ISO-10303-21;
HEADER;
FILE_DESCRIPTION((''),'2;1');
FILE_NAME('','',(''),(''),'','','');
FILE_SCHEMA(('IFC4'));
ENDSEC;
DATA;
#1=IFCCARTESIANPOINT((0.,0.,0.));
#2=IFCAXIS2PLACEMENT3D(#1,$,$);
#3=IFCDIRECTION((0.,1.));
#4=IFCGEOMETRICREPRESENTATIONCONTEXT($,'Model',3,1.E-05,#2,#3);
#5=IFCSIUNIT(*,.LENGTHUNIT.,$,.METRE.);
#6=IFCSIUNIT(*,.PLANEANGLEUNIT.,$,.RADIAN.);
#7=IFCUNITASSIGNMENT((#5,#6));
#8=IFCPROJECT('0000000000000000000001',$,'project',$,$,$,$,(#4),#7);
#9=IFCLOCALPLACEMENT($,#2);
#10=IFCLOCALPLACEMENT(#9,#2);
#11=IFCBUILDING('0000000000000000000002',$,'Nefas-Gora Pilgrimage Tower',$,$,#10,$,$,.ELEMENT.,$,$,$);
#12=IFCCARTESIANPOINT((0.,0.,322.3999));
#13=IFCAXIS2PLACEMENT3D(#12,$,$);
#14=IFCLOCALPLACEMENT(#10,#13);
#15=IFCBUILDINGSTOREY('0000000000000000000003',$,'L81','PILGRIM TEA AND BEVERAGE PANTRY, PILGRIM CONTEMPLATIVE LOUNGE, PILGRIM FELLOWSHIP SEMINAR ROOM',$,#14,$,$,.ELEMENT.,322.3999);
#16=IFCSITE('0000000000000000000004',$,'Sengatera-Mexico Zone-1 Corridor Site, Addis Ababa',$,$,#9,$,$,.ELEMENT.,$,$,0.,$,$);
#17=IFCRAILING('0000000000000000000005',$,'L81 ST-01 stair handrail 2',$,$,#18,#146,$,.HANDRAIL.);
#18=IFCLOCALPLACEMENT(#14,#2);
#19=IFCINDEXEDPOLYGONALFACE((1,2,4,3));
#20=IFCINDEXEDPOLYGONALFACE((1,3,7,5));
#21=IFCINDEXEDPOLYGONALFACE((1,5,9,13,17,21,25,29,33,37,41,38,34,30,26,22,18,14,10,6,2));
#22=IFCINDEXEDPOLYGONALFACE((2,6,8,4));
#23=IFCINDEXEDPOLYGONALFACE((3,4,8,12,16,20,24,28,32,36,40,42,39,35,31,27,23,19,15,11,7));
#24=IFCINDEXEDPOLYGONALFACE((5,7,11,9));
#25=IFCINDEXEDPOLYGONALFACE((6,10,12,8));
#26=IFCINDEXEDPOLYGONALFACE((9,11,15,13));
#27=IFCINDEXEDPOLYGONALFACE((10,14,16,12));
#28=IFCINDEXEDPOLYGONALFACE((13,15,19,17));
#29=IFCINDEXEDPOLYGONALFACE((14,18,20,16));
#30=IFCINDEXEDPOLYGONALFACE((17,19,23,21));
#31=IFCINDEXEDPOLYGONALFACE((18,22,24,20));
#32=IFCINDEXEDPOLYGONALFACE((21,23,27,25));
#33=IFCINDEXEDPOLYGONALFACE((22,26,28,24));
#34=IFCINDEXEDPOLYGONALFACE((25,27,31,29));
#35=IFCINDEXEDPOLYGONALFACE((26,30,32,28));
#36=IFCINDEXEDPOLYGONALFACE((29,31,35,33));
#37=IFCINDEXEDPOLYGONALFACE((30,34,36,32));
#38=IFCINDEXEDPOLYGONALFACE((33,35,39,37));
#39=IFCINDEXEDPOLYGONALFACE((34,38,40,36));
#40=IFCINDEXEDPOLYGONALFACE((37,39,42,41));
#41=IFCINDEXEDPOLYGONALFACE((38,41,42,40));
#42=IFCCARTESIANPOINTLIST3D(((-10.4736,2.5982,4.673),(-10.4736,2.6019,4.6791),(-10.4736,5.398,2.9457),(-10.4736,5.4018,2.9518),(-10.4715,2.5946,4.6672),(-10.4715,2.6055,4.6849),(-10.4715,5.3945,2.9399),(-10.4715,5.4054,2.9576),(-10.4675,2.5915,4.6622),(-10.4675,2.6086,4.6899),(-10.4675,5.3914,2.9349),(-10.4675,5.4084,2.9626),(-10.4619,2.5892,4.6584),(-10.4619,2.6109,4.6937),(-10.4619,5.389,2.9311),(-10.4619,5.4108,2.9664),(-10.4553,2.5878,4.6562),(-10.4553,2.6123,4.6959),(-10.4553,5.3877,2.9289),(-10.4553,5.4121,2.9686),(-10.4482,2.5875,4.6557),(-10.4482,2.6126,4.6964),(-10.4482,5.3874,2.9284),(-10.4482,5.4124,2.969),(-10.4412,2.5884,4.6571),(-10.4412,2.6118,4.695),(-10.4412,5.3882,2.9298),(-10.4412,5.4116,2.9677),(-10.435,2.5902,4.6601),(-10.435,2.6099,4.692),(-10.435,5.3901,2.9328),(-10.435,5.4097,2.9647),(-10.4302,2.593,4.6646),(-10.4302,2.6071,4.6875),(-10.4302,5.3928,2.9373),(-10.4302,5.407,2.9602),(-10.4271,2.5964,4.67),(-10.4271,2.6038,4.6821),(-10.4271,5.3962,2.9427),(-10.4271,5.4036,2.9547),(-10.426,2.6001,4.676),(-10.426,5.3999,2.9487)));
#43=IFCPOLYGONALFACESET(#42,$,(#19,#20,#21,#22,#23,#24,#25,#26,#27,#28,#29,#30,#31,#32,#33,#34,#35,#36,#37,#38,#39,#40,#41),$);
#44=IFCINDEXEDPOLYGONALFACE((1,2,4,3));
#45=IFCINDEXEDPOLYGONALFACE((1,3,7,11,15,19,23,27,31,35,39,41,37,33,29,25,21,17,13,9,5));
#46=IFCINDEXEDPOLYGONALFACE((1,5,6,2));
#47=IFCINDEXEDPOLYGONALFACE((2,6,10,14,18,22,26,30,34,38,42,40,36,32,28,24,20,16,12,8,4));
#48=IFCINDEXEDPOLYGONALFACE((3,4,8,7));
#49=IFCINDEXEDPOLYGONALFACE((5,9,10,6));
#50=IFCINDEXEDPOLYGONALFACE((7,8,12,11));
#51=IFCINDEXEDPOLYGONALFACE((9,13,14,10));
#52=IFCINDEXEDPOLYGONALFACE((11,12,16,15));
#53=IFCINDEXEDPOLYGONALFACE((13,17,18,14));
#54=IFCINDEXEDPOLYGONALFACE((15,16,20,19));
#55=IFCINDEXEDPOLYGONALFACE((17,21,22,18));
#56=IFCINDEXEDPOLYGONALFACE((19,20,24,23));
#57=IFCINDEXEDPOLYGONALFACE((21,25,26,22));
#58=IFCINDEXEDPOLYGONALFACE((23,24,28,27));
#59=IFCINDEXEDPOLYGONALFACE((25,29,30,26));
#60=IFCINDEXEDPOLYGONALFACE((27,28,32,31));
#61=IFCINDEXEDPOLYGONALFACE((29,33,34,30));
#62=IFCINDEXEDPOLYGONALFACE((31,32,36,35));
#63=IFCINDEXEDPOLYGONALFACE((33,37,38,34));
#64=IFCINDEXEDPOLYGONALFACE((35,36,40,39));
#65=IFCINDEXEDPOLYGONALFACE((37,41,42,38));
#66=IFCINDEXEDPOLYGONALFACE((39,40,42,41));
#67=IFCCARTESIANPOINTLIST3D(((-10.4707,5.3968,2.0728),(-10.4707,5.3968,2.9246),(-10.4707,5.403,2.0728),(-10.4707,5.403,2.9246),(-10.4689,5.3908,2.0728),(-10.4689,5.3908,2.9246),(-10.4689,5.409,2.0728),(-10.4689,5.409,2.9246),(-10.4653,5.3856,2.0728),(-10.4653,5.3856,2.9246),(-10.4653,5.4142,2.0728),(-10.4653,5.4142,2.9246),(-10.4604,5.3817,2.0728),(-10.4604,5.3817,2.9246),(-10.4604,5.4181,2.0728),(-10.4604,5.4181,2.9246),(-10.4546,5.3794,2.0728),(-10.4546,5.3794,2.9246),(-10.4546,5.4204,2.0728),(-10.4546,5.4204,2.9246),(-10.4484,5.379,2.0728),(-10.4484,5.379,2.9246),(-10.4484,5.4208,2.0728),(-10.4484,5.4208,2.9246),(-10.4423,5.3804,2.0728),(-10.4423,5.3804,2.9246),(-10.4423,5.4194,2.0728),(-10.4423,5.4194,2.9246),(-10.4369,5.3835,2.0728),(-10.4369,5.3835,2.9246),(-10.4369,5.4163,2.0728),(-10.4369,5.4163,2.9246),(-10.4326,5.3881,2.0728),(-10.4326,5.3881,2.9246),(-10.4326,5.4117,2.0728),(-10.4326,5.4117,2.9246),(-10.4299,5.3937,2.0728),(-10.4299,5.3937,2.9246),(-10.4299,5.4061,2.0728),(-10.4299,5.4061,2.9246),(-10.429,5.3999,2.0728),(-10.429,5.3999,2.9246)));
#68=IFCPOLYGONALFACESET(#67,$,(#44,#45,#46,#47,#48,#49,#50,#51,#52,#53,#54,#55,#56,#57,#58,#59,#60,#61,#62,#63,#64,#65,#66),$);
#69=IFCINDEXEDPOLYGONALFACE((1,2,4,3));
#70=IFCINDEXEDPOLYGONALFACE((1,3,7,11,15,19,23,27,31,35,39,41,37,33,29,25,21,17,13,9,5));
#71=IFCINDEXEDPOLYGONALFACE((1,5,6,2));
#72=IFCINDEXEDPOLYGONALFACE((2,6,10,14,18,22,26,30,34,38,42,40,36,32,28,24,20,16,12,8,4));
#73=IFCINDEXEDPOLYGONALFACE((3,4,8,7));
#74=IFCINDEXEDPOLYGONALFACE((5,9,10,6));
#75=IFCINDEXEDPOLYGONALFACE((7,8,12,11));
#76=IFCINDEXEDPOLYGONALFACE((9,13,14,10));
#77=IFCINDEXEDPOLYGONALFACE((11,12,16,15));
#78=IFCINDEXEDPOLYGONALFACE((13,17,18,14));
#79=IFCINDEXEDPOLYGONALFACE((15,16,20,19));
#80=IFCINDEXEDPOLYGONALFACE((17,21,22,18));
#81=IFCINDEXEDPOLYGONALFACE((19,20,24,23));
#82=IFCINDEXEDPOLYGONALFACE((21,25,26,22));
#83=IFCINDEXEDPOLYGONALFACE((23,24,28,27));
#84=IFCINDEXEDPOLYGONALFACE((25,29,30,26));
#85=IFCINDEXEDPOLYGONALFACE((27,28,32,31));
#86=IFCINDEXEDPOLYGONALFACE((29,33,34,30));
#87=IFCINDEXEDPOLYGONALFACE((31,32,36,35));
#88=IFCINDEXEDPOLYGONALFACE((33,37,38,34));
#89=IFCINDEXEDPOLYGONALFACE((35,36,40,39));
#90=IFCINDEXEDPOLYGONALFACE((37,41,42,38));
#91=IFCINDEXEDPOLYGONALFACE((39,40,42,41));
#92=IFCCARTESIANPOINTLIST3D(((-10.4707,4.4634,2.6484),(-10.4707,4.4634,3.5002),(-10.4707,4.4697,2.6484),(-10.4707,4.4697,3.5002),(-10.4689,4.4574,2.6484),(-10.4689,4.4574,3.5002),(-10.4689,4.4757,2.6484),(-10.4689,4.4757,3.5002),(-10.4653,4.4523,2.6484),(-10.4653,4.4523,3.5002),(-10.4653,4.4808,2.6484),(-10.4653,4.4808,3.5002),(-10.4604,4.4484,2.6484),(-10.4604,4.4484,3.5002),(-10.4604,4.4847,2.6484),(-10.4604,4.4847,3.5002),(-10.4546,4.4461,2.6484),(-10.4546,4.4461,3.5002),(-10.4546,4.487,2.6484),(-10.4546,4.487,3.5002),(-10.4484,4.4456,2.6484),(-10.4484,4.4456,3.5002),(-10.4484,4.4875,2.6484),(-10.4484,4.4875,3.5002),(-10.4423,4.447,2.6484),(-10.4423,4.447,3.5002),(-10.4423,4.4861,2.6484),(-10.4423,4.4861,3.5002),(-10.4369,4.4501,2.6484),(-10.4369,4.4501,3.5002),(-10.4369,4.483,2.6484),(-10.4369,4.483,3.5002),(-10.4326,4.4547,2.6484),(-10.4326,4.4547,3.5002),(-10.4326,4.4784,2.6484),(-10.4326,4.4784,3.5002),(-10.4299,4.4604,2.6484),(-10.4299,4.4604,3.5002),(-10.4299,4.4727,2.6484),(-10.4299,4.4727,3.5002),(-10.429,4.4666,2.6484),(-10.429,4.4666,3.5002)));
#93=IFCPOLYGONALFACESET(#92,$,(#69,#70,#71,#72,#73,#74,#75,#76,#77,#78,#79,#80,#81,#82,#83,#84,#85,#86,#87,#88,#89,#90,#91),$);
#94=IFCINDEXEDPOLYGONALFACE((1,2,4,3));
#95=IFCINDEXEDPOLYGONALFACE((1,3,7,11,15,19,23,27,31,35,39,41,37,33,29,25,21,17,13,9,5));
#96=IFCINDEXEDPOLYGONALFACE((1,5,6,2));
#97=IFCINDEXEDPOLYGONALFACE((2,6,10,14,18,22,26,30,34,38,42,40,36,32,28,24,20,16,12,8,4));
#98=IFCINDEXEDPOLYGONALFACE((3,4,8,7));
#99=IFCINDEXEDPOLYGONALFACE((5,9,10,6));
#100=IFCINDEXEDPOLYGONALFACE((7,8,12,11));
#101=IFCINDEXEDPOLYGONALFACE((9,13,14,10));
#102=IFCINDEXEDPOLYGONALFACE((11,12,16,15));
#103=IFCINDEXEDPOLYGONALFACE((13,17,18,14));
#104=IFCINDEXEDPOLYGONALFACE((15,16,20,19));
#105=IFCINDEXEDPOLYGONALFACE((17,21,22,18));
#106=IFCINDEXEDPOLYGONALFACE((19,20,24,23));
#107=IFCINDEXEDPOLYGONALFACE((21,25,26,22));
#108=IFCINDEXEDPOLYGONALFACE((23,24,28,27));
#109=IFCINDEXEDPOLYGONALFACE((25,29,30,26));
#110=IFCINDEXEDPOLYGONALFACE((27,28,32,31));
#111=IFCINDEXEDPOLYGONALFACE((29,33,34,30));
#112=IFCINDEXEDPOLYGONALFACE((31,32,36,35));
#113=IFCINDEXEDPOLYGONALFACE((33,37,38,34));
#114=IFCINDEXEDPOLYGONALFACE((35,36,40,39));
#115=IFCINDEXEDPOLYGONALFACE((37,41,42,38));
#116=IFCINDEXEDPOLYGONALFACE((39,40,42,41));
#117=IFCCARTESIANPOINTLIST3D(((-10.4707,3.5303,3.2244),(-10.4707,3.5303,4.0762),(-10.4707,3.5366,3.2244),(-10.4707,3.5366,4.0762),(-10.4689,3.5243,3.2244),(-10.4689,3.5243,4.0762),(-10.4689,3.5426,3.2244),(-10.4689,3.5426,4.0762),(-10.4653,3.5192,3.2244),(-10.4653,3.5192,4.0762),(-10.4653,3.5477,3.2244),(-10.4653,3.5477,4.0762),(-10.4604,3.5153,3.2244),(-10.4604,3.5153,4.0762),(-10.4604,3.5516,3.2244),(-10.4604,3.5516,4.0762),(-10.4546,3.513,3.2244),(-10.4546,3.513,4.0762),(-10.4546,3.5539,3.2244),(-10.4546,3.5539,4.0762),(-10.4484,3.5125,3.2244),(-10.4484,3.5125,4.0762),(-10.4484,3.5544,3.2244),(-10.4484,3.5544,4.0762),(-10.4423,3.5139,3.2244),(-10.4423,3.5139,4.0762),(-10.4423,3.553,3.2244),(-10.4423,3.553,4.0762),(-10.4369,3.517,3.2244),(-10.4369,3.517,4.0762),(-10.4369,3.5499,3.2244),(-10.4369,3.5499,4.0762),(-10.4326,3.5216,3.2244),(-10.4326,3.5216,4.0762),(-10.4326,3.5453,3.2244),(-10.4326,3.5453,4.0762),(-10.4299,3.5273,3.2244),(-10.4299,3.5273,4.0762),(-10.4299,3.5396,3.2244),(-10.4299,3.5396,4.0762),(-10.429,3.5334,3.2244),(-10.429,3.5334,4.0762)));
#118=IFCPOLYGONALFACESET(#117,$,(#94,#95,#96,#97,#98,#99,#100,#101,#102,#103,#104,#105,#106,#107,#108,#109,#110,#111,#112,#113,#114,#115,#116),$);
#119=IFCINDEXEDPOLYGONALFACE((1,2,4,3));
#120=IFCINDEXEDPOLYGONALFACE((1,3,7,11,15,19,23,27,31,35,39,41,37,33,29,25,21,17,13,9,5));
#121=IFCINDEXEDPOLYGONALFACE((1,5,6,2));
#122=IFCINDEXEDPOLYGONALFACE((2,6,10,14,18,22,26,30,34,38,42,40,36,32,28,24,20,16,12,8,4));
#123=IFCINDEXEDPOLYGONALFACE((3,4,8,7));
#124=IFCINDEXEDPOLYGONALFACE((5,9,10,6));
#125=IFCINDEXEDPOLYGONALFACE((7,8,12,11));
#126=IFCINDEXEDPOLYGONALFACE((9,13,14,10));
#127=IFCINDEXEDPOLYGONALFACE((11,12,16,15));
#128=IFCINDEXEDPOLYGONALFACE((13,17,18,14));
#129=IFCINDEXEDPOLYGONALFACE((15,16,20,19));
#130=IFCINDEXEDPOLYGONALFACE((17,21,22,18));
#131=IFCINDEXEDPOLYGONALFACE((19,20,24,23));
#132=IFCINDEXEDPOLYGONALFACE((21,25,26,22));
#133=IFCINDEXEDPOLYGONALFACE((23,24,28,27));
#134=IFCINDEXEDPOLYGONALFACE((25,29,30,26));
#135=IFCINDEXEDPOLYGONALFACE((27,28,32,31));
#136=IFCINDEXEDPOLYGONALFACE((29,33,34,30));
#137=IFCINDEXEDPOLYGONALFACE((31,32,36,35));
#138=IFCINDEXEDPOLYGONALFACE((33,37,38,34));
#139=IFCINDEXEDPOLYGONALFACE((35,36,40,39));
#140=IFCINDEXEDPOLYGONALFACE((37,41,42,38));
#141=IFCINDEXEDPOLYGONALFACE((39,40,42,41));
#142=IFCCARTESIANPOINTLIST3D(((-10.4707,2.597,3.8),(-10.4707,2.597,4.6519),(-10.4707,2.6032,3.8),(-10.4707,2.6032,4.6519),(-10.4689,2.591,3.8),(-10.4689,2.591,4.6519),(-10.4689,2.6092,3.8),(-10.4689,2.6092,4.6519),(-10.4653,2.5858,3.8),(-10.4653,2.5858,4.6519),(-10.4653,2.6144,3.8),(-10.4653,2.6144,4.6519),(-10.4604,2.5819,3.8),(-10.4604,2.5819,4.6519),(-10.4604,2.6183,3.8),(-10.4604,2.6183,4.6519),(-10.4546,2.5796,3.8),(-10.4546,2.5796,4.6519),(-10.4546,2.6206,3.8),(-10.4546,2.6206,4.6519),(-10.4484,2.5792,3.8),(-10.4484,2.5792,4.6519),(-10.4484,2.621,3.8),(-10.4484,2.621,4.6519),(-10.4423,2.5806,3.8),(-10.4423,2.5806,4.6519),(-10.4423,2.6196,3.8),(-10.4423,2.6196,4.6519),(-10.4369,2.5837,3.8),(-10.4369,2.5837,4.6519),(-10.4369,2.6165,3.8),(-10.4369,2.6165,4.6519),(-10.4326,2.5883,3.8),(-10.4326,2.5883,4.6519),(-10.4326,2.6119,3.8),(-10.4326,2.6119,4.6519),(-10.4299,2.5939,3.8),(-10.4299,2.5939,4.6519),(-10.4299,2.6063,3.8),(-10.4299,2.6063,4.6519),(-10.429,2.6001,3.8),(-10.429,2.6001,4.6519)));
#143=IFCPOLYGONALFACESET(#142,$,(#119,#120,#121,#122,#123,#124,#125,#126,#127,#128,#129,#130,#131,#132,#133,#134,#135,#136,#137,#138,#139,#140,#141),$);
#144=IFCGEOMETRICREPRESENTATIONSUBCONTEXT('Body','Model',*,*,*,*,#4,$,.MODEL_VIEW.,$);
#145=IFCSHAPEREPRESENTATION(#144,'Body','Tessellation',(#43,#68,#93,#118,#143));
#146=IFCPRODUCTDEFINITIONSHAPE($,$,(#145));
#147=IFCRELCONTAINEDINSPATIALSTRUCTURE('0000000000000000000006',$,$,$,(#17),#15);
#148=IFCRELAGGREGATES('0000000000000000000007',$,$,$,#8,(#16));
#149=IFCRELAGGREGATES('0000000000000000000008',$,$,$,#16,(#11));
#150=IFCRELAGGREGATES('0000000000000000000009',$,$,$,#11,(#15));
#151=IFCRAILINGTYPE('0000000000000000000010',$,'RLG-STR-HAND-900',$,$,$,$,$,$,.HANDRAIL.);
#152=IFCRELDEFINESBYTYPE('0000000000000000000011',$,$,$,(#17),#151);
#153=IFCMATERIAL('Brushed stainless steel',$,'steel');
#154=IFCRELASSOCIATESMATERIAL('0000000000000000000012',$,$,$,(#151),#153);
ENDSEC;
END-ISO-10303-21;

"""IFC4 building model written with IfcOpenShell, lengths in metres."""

from ifc_helpers import new_model, si_unit, direction, frame, origin, origin_2d, place, context, subcontext, project, spatial, circle, extrude, material, type_object, element, save


model = new_model("IFC4")

# Units and contexts
model_context = context("Model", 3, precision=1e-05, world=origin(), true_north=direction((0.0, 1.0)))
body_context = subcontext(model_context, "Body", "Model", "MODEL_VIEW")
ifc_project = project(units=[si_unit("LENGTHUNIT", "METRE"), si_unit("PLANEANGLEUNIT", "RADIAN")], contexts=[model_context])

# Site, building, storey
site_placement = place(None, origin())
site = spatial("IfcSite", under=ifc_project, at=site_placement, Name="Sengatera-Mexico Zone-1 Corridor Site, Addis Ababa", CompositionType="ELEMENT", RefElevation=0.0)
building_placement = place(site_placement, origin())
building = spatial("IfcBuilding", under=site, at=building_placement, Name="Nefas-Gora Pilgrimage Tower", CompositionType="ELEMENT")
storey_placement = place(building_placement, frame((0.0, 0.0, 322.3999)))
storey = spatial("IfcBuildingStorey", under=building, at=storey_placement, Name="L81", Description="PILGRIM TEA AND BEVERAGE PANTRY, PILGRIM CONTEMPLATIVE LOUNGE, PILGRIM FELLOWSHIP SEMINAR ROOM", CompositionType="ELEMENT", Elevation=322.3999)

# Railing
ifc_material_1 = material(Name="Brushed stainless steel", Category="steel")
railing_type_1 = type_object("IfcRailingType", Name="RLG-STR-HAND-900", PredefinedType="HANDRAIL", material=ifc_material_1)
railing_1_placement = place(storey_placement, frame((-10.45, 5.3999, 2.0728)))
element("IfcRailing", 1, at=railing_1_placement, inside=storey, type_object=railing_type_1, Name="L81 ST-01 stair handrail 2", PredefinedType="HANDRAIL", context=body_context, shape_type="SweptSolid", body=[
    extrude(circle(Radius=0.0239, at=origin_2d()), frame((0.0, 0.0, 0.876), z_axis=(0.0, -0.851069, 0.525054), x_axis=(1.0, 0.0, 0.0)), (0.0, 0.0, 1.0), 3.2898),
    extrude(circle(Radius=0.021, at=origin_2d()), origin(), (0.0, 0.0, 1.0), 0.8518),
    extrude(circle(Radius=0.021, at=origin_2d()), frame((0.0, -0.9333, 0.5757)), (0.0, 0.0, 1.0), 0.8518),
    extrude(circle(Radius=0.021, at=origin_2d()), frame((0.0, -1.8665, 1.1516)), (0.0, 0.0, 1.0), 0.8518),
    extrude(circle(Radius=0.021, at=origin_2d()), frame((0.0, -2.7998, 1.7273)), (0.0, 0.0, 1.0), 0.8518),
])

save(model, "model.ifc")
